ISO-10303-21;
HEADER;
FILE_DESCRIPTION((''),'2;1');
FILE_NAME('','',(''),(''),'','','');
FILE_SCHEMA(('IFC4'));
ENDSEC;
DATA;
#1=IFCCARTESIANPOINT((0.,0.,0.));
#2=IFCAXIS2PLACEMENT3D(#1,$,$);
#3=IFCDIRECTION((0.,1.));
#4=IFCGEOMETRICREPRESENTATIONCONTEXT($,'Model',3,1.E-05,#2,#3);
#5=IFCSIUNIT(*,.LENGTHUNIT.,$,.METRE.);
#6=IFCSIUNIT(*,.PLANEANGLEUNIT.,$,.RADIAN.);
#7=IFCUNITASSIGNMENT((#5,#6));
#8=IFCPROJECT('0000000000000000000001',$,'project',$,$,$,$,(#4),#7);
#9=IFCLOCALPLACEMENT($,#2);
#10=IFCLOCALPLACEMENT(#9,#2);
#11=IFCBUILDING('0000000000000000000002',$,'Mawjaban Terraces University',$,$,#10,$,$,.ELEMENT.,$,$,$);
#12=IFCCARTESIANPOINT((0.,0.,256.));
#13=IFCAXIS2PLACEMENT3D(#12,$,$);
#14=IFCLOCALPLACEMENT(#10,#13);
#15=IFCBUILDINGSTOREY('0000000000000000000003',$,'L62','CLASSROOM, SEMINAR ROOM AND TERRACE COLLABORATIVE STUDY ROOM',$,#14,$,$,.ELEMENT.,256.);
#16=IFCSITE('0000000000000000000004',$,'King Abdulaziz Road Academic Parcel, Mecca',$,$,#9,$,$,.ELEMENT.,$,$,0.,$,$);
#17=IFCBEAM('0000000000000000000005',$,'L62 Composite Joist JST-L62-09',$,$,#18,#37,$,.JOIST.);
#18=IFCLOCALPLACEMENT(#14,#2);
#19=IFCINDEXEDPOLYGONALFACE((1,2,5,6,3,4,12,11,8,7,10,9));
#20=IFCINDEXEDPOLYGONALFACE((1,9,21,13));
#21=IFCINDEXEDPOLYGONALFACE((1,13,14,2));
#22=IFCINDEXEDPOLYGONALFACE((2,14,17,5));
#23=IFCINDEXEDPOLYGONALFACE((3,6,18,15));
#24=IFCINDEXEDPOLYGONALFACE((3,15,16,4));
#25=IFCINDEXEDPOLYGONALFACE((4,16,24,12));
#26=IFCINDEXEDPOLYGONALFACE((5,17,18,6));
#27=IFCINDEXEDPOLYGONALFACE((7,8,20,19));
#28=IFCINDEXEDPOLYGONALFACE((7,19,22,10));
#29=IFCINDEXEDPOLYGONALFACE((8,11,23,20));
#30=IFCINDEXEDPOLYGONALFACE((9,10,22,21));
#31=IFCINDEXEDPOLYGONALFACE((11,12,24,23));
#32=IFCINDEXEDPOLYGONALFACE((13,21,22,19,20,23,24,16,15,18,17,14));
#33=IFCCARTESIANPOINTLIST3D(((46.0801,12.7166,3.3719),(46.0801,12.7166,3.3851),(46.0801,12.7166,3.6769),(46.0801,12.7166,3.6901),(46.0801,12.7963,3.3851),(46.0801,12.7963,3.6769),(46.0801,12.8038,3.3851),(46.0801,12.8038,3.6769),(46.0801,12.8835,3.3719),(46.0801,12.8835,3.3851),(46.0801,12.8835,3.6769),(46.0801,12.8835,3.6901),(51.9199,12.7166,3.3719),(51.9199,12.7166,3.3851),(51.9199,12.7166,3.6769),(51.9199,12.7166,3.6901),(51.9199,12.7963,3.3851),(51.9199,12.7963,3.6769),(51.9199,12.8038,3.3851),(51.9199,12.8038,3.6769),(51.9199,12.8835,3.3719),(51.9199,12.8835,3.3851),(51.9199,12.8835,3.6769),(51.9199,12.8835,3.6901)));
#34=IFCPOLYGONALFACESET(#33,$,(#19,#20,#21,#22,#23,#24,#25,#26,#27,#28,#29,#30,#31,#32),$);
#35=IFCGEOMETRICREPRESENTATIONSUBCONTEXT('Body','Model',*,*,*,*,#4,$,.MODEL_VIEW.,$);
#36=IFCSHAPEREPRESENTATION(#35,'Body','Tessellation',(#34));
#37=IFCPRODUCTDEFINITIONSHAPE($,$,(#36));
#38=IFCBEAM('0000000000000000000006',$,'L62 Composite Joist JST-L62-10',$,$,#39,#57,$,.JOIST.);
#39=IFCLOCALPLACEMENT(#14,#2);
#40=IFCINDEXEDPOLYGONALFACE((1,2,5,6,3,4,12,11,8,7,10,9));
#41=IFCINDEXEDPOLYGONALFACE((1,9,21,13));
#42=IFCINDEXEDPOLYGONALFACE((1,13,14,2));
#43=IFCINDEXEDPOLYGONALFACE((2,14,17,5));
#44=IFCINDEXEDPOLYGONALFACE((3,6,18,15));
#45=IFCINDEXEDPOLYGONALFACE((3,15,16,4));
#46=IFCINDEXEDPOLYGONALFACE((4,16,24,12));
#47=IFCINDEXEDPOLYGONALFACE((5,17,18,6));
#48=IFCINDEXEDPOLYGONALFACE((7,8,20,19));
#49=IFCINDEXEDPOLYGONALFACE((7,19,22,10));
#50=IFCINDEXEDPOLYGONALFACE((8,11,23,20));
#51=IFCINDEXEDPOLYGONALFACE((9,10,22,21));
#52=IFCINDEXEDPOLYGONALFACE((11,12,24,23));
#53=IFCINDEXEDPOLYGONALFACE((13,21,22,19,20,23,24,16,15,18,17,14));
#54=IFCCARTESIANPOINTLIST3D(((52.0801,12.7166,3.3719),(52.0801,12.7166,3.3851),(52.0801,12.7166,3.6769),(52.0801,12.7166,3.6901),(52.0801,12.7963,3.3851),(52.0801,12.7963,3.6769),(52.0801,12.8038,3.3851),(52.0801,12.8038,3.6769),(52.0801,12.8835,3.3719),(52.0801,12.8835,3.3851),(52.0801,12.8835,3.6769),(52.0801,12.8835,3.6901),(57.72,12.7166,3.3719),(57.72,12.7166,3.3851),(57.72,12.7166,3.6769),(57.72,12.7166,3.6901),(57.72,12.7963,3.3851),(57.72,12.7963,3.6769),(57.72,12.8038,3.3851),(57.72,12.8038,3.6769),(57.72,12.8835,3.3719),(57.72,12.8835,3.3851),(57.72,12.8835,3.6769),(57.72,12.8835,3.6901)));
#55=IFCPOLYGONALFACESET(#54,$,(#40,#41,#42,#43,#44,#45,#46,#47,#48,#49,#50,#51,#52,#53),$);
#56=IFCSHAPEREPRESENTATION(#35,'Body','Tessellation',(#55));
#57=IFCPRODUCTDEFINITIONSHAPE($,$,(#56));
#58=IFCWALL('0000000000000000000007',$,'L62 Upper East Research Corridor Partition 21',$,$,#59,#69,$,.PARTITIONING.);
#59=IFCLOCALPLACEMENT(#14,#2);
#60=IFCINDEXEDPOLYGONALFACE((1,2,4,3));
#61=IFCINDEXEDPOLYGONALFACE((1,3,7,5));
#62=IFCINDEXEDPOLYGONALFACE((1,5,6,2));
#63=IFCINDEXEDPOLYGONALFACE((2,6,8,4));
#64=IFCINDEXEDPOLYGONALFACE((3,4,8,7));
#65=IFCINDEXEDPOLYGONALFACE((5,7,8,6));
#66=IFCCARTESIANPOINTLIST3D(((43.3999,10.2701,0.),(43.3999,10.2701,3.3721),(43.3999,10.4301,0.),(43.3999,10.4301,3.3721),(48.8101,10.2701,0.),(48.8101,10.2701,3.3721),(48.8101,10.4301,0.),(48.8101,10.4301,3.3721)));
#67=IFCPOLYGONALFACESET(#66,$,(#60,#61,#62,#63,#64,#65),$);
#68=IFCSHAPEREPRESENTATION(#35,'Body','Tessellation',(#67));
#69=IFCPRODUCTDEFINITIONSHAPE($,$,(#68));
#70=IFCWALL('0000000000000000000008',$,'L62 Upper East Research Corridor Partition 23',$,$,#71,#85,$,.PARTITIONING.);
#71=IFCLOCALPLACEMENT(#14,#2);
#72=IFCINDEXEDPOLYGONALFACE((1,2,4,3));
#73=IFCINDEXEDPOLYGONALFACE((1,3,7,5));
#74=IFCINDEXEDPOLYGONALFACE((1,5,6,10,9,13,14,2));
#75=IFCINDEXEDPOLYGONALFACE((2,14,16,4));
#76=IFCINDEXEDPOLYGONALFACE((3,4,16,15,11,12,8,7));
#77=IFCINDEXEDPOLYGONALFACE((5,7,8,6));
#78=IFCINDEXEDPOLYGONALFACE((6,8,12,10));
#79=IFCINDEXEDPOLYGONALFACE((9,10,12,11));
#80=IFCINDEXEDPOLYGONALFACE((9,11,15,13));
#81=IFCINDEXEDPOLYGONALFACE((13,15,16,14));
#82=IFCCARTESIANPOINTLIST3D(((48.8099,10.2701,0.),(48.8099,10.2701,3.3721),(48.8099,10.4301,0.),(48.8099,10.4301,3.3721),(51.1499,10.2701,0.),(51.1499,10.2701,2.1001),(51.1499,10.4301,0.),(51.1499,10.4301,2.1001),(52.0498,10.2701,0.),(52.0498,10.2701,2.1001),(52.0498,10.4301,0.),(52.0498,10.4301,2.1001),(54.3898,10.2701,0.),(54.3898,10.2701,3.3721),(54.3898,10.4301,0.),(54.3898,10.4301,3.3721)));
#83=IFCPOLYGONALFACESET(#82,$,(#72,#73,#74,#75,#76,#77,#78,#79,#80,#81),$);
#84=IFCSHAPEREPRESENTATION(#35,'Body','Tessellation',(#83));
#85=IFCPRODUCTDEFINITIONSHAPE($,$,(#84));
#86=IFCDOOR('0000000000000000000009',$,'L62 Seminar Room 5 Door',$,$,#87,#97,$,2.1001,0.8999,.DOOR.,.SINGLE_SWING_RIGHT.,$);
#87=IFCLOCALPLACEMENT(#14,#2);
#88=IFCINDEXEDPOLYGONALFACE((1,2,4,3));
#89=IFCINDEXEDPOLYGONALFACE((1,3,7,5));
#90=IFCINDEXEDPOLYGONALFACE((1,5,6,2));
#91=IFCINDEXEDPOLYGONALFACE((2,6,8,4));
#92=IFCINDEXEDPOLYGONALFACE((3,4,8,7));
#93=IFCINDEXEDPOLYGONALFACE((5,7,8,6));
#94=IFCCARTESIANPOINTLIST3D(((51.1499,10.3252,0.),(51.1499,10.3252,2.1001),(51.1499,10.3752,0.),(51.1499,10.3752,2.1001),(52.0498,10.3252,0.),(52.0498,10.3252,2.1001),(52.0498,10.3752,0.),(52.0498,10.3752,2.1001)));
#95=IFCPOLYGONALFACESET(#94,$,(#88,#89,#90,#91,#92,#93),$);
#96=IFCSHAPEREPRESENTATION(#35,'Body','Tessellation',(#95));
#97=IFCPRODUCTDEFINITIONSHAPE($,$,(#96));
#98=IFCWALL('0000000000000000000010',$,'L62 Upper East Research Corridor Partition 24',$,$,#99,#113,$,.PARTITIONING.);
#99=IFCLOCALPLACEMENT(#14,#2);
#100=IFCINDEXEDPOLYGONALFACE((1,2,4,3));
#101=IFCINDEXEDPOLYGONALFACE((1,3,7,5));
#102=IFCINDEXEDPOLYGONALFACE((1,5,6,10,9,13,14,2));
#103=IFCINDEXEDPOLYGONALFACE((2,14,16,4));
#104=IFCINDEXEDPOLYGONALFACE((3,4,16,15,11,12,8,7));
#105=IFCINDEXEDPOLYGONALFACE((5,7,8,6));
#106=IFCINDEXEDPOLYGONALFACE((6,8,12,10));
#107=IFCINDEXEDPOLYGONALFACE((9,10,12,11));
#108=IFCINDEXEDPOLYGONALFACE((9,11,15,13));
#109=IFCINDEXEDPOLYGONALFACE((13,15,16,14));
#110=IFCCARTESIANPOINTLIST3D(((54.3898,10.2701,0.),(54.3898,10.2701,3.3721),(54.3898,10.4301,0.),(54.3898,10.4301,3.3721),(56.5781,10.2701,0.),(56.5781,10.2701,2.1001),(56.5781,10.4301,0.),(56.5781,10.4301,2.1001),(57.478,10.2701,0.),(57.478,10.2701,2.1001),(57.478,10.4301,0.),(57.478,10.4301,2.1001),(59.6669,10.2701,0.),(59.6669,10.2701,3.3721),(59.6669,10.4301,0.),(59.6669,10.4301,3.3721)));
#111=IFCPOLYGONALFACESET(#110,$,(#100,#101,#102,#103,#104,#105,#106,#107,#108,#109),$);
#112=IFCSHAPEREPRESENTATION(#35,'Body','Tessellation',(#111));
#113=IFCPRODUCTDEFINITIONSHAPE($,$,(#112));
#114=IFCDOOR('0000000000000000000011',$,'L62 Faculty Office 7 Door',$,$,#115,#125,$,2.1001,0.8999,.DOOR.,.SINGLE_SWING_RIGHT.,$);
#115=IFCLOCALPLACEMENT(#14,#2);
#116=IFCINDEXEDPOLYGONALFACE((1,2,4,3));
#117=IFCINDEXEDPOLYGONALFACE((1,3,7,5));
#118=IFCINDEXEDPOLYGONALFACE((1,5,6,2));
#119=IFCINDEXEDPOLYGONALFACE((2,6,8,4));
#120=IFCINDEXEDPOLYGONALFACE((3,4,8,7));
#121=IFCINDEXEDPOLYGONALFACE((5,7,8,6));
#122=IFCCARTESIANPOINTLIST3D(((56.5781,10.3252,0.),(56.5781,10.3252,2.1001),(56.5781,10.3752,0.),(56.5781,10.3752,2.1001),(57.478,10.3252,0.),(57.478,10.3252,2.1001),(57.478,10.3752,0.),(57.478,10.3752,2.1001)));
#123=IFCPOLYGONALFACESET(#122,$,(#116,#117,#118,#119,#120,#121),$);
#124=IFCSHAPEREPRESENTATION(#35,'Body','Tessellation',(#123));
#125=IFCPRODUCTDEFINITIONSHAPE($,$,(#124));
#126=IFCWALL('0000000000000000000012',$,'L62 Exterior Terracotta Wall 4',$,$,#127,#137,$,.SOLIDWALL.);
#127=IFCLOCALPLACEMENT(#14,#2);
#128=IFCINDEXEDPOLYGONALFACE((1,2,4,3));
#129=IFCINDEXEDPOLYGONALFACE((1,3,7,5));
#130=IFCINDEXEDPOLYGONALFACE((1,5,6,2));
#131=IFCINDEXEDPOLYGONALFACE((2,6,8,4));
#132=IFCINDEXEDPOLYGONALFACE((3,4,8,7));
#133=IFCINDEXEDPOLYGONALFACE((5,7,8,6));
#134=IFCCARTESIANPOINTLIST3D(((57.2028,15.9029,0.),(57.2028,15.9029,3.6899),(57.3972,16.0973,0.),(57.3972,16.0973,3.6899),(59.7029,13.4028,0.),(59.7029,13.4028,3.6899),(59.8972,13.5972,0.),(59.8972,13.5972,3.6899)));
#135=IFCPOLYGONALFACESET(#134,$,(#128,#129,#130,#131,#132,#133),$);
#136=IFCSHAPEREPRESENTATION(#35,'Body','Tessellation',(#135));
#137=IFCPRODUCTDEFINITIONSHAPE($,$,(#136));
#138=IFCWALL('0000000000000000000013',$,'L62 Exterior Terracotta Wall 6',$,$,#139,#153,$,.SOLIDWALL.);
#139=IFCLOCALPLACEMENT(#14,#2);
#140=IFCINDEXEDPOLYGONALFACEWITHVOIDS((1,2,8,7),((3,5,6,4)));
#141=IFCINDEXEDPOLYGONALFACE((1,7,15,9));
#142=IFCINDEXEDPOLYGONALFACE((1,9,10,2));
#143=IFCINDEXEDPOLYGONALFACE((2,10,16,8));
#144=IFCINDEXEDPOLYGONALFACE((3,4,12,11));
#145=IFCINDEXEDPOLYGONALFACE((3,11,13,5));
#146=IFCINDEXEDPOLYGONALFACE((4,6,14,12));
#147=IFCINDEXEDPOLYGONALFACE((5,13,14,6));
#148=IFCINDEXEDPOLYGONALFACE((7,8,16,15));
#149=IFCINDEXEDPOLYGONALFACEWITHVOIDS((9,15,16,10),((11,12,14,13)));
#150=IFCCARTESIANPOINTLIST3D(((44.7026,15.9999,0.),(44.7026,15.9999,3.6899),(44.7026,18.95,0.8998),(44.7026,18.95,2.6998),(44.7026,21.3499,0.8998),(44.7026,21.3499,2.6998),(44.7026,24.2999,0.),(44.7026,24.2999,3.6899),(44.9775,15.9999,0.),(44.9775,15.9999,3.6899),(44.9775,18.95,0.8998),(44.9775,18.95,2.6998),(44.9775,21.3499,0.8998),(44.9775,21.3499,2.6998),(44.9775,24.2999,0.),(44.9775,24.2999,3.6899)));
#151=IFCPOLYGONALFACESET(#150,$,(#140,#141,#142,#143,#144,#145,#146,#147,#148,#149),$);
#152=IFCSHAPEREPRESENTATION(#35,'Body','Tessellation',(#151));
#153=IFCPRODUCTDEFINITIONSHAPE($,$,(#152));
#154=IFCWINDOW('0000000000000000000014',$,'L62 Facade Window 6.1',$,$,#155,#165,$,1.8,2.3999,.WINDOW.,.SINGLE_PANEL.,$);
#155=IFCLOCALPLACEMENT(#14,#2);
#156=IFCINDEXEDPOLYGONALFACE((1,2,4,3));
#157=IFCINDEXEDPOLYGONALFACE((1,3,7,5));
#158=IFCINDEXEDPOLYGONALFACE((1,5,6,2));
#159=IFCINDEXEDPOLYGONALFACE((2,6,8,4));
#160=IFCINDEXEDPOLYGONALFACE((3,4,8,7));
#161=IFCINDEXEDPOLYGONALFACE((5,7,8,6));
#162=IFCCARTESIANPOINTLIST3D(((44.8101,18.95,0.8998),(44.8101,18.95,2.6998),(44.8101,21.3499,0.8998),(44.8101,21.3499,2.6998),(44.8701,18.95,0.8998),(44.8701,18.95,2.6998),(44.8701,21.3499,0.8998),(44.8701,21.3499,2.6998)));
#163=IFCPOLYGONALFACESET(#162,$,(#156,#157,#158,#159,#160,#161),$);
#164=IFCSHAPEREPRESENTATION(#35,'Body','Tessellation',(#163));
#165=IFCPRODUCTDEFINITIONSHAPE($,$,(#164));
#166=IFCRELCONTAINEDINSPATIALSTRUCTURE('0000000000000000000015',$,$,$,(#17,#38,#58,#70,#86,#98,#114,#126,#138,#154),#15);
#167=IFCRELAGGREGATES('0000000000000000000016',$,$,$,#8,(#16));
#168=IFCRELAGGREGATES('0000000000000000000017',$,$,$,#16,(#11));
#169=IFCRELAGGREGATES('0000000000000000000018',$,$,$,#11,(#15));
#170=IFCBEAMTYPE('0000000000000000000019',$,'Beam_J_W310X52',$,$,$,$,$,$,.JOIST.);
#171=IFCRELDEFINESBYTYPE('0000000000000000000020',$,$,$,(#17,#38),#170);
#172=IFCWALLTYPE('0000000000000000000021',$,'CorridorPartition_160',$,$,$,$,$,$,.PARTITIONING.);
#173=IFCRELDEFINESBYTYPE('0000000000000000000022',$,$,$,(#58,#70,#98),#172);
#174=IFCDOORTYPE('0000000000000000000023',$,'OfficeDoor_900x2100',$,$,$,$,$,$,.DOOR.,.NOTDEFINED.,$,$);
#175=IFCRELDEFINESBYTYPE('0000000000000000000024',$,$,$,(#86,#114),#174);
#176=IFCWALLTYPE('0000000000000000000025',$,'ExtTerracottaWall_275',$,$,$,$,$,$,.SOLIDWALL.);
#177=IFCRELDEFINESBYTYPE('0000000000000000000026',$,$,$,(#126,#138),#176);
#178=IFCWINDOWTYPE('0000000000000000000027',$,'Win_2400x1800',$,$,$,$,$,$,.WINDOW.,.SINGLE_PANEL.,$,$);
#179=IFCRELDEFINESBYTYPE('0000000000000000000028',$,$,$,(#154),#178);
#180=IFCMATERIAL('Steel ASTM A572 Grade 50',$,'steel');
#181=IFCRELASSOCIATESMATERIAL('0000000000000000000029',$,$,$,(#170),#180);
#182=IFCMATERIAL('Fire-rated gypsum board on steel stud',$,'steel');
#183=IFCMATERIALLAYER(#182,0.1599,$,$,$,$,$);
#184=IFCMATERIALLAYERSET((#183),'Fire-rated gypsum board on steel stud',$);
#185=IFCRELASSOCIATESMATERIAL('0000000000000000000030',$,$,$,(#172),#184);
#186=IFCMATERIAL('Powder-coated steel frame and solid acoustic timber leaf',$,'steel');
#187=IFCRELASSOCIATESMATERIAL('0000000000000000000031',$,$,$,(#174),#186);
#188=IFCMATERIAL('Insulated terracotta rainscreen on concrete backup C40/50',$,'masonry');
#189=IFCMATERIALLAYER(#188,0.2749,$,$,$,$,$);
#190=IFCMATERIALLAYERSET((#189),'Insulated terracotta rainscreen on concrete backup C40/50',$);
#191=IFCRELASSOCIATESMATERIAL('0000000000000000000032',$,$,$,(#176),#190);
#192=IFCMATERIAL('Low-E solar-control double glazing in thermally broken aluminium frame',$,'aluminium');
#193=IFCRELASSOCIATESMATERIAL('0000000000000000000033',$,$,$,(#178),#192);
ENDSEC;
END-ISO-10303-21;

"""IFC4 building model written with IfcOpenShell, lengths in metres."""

from ifc_helpers import new_model, si_unit, direction, frame, frame_2d, origin, origin_2d, place, context, subcontext, project, spatial, rectangle, i_section, extrude, material, layer, layer_set, material_profile, profile_set, type_object, element, fill, save


model = new_model("IFC4")

# Units and contexts
model_context = context("Model", 3, precision=1e-05, world=origin(), true_north=direction((0.0, 1.0)))
body_context = subcontext(model_context, "Body", "Model", "MODEL_VIEW")
ifc_project = project(units=[si_unit("LENGTHUNIT", "METRE"), si_unit("PLANEANGLEUNIT", "RADIAN")], contexts=[model_context])

# Site, building, storey
site_placement = place(None, origin())
site = spatial("IfcSite", under=ifc_project, at=site_placement, Name="King Abdulaziz Road Academic Parcel, Mecca", CompositionType="ELEMENT", RefElevation=0.0)
building_placement = place(site_placement, origin())
building = spatial("IfcBuilding", under=site, at=building_placement, Name="Mawjaban Terraces University", CompositionType="ELEMENT")
storey_placement = place(building_placement, frame((0.0, 0.0, 256.0)))
storey = spatial("IfcBuildingStorey", under=building, at=storey_placement, Name="L62", Description="CLASSROOM, SEMINAR ROOM AND TERRACE COLLABORATIVE STUDY ROOM", CompositionType="ELEMENT", Elevation=256.0)

# Beams
ifc_material_1 = material(Name="Steel ASTM A572 Grade 50", Category="steel")
ifc_material_profile_1 = material_profile(ifc_material_1, i_section(OverallWidth=0.167, OverallDepth=0.3181, WebThickness=0.0076, FlangeThickness=0.0132, at=origin_2d()), Name="W310X52")
ifc_profile_set_1 = profile_set([ifc_material_profile_1], Name="Steel ASTM A572 Grade 50")
beam_type_1 = type_object("IfcBeamType", Name="Beam_J_W310X52", PredefinedType="JOIST", material=ifc_profile_set_1)
beam_1_placement = place(storey_placement, frame((46.0801, 12.8, 3.531), z_axis=(1.0, 0.0, 0.0), x_axis=(0.0, 1.0, 0.0)))
element("IfcBeam", 1, at=beam_1_placement, inside=storey, type_object=beam_type_1, Name="L62 Composite Joist JST-L62-09", PredefinedType="JOIST", context=body_context, shape_type="SweptSolid", body=[
    extrude(i_section(OverallWidth=0.167, OverallDepth=0.3181, WebThickness=0.0076, FlangeThickness=0.0132, at=origin_2d()), origin(), (0.0, 0.0, 1.0), 5.8398),
])
beam_2_placement = place(storey_placement, frame((52.0801, 12.8, 3.531), z_axis=(1.0, 0.0, 0.0), x_axis=(0.0, 1.0, 0.0)))
element("IfcBeam", 2, at=beam_2_placement, inside=storey, type_object=beam_type_1, Name="L62 Composite Joist JST-L62-10", PredefinedType="JOIST", context=body_context, shape_type="SweptSolid", body=[
    extrude(i_section(OverallWidth=0.167, OverallDepth=0.3181, WebThickness=0.0076, FlangeThickness=0.0132, at=origin_2d()), origin(), (0.0, 0.0, 1.0), 5.6399),
])

# Wall
ifc_material_2 = material(Name="Fire-rated gypsum board on steel stud", Category="steel")
ifc_layer_1 = layer(ifc_material_2, 0.1599)
ifc_layer_set_1 = layer_set([ifc_layer_1], Name="Fire-rated gypsum board on steel stud")
wall_type_1 = type_object("IfcWallType", Name="CorridorPartition_160", PredefinedType="PARTITIONING", material=ifc_layer_set_1)
wall_1_placement = place(storey_placement, frame((48.8101, 10.3501, 0.0), z_axis=(0.0, 0.0, 1.0), x_axis=(-1.0, 0.0, 0.0)))
element("IfcWall", 3, at=wall_1_placement, inside=storey, type_object=wall_type_1, Name="L62 Upper East Research Corridor Partition 21", PredefinedType="PARTITIONING", context=body_context, shape_type="SweptSolid", body=[
    extrude(rectangle(XDim=5.4102, YDim=0.1599, at=frame_2d((2.7051, 0.0))), origin(), (0.0, 0.0, 1.0), 3.3721),
])

# Walls, openings, doors
wall_2_placement = place(storey_placement, frame((54.3899, 10.3501, 0.0), z_axis=(0.0, 0.0, 1.0), x_axis=(-1.0, 0.0, 0.0)))
wall_2 = element("IfcWall", 4, at=wall_2_placement, inside=storey, type_object=wall_type_1, Name="L62 Upper East Research Corridor Partition 23", PredefinedType="PARTITIONING", context=body_context, shape_type="SweptSolid", body=[
    extrude(rectangle(XDim=5.5798, YDim=0.1599, at=frame_2d((2.79, 0.0))), origin(), (0.0, 0.0, 1.0), 3.3721),
])
opening_1_placement = place(wall_2_placement, frame((2.3401, 0.0, 0.0)))
opening_1 = element("IfcOpeningElement", 5, at=opening_1_placement, cuts=wall_2, PredefinedType="OPENING", context=body_context, shape_type="SweptSolid", body=[
    extrude(rectangle(XDim=0.8999, YDim=2.1001, at=frame_2d((0.45, 1.05))), frame((0.0, 0.0898, 0.0), z_axis=(0.0, -1.0, 0.0), x_axis=(1.0, 0.0, 0.0)), (0.0, 0.0, 1.0), 0.1799),
])
ifc_material_3 = material(Name="Powder-coated steel frame and solid acoustic timber leaf", Category="steel")
door_type = type_object("IfcDoorType", Name="OfficeDoor_900x2100", OperationType="NOTDEFINED", PredefinedType="DOOR", material=ifc_material_3)
door_1_placement = place(opening_1_placement, origin())
door_1 = element("IfcDoor", 6, at=door_1_placement, inside=storey, type_object=door_type, Name="L62 Seminar Room 5 Door", OperationType="SINGLE_SWING_RIGHT", OverallHeight=2.1001, OverallWidth=0.8999, PredefinedType="DOOR", context=body_context, shape_type="SweptSolid", body=[
    extrude(rectangle(XDim=0.8999, YDim=2.1001, at=frame_2d((0.45, 1.05))), frame((0.0, 0.0249, 0.0), z_axis=(0.0, -1.0, 0.0), x_axis=(1.0, 0.0, 0.0)), (0.0, 0.0, 1.0), 0.05),
])
fill(opening_1, door_1)
wall_3_placement = place(storey_placement, frame((59.667, 10.3501, 0.0), z_axis=(0.0, 0.0, 1.0), x_axis=(-1.0, 0.0, 0.0)))
wall_3 = element("IfcWall", 7, at=wall_3_placement, inside=storey, type_object=wall_type_1, Name="L62 Upper East Research Corridor Partition 24", PredefinedType="PARTITIONING", context=body_context, shape_type="SweptSolid", body=[
    extrude(rectangle(XDim=5.2771, YDim=0.1599, at=frame_2d((2.6387, 0.0))), origin(), (0.0, 0.0, 1.0), 3.3721),
])
opening_2_placement = place(wall_3_placement, frame((2.189, 0.0, 0.0)))
opening_2 = element("IfcOpeningElement", 8, at=opening_2_placement, cuts=wall_3, PredefinedType="OPENING", context=body_context, shape_type="SweptSolid", body=[
    extrude(rectangle(XDim=0.8999, YDim=2.1001, at=frame_2d((0.45, 1.05))), frame((0.0, 0.0898, 0.0), z_axis=(0.0, -1.0, 0.0), x_axis=(1.0, 0.0, 0.0)), (0.0, 0.0, 1.0), 0.1799),
])
door_2_placement = place(opening_2_placement, origin())
door_2 = element("IfcDoor", 9, at=door_2_placement, inside=storey, type_object=door_type, Name="L62 Faculty Office 7 Door", OperationType="SINGLE_SWING_RIGHT", OverallHeight=2.1001, OverallWidth=0.8999, PredefinedType="DOOR", context=body_context, shape_type="SweptSolid", body=[
    extrude(rectangle(XDim=0.8999, YDim=2.1001, at=frame_2d((0.45, 1.05))), frame((0.0, 0.0249, 0.0), z_axis=(0.0, -1.0, 0.0), x_axis=(1.0, 0.0, 0.0)), (0.0, 0.0, 1.0), 0.05),
])
fill(opening_2, door_2)

# Wall
ifc_material_4 = material(Name="Insulated terracotta rainscreen on concrete backup C40/50", Category="masonry")
ifc_layer_2 = layer(ifc_material_4, 0.2749)
ifc_layer_set_2 = layer_set([ifc_layer_2], Name="Insulated terracotta rainscreen on concrete backup C40/50")
wall_type_2 = type_object("IfcWallType", Name="ExtTerracottaWall_275", PredefinedType="SOLIDWALL", material=ifc_layer_set_2)
wall_4_placement = place(storey_placement, frame((59.8, 13.5, 0.0), z_axis=(0.0, 0.0, 1.0), x_axis=(-0.707107, 0.707107, 0.0)))
element("IfcWall", 10, at=wall_4_placement, inside=storey, type_object=wall_type_2, Name="L62 Exterior Terracotta Wall 4", PredefinedType="SOLIDWALL", context=body_context, shape_type="SweptSolid", body=[
    extrude(rectangle(XDim=3.5356, YDim=0.2749, at=frame_2d((1.7678, 0.0))), origin(), (0.0, 0.0, 1.0), 3.6899),
])

# Wall, opening, window
wall_5_placement = place(storey_placement, frame((44.8401, 16.0, 0.0), z_axis=(0.0, 0.0, 1.0), x_axis=(0.0, 1.0, 0.0)))
wall_5 = element("IfcWall", 11, at=wall_5_placement, inside=storey, type_object=wall_type_2, Name="L62 Exterior Terracotta Wall 6", PredefinedType="SOLIDWALL", context=body_context, shape_type="SweptSolid", body=[
    extrude(rectangle(XDim=8.3, YDim=0.2749, at=frame_2d((4.1499, 0.0))), origin(), (0.0, 0.0, 1.0), 3.6899),
])
opening_3_placement = place(wall_5_placement, frame((2.95, 0.0, 0.8999)))
opening_3 = element("IfcOpeningElement", 12, at=opening_3_placement, cuts=wall_5, PredefinedType="OPENING", context=body_context, shape_type="SweptSolid", body=[
    extrude(rectangle(XDim=2.3999, YDim=1.8, at=frame_2d((1.2, 0.8999))), frame((0.0, 0.1475, 0.0), z_axis=(0.0, -1.0, 0.0), x_axis=(1.0, 0.0, 0.0)), (0.0, 0.0, 1.0), 0.2949),
])
ifc_material_5 = material(Name="Low-E solar-control double glazing in thermally broken aluminium frame", Category="aluminium")
window_type = type_object("IfcWindowType", Name="Win_2400x1800", PartitioningType="SINGLE_PANEL", PredefinedType="WINDOW", material=ifc_material_5)
window_placement = place(opening_3_placement, origin())
window = element("IfcWindow", 13, at=window_placement, inside=storey, type_object=window_type, Name="L62 Facade Window 6.1", OverallHeight=1.8, OverallWidth=2.3999, PartitioningType="SINGLE_PANEL", PredefinedType="WINDOW", context=body_context, shape_type="SweptSolid", body=[
    extrude(rectangle(XDim=2.3999, YDim=1.8, at=frame_2d((1.2, 0.8999))), frame((0.0, 0.03, 0.0), z_axis=(0.0, -1.0, 0.0), x_axis=(1.0, 0.0, 0.0)), (0.0, 0.0, 1.0), 0.0601),
])
fill(opening_3, window)

save(model, "model.ifc")
